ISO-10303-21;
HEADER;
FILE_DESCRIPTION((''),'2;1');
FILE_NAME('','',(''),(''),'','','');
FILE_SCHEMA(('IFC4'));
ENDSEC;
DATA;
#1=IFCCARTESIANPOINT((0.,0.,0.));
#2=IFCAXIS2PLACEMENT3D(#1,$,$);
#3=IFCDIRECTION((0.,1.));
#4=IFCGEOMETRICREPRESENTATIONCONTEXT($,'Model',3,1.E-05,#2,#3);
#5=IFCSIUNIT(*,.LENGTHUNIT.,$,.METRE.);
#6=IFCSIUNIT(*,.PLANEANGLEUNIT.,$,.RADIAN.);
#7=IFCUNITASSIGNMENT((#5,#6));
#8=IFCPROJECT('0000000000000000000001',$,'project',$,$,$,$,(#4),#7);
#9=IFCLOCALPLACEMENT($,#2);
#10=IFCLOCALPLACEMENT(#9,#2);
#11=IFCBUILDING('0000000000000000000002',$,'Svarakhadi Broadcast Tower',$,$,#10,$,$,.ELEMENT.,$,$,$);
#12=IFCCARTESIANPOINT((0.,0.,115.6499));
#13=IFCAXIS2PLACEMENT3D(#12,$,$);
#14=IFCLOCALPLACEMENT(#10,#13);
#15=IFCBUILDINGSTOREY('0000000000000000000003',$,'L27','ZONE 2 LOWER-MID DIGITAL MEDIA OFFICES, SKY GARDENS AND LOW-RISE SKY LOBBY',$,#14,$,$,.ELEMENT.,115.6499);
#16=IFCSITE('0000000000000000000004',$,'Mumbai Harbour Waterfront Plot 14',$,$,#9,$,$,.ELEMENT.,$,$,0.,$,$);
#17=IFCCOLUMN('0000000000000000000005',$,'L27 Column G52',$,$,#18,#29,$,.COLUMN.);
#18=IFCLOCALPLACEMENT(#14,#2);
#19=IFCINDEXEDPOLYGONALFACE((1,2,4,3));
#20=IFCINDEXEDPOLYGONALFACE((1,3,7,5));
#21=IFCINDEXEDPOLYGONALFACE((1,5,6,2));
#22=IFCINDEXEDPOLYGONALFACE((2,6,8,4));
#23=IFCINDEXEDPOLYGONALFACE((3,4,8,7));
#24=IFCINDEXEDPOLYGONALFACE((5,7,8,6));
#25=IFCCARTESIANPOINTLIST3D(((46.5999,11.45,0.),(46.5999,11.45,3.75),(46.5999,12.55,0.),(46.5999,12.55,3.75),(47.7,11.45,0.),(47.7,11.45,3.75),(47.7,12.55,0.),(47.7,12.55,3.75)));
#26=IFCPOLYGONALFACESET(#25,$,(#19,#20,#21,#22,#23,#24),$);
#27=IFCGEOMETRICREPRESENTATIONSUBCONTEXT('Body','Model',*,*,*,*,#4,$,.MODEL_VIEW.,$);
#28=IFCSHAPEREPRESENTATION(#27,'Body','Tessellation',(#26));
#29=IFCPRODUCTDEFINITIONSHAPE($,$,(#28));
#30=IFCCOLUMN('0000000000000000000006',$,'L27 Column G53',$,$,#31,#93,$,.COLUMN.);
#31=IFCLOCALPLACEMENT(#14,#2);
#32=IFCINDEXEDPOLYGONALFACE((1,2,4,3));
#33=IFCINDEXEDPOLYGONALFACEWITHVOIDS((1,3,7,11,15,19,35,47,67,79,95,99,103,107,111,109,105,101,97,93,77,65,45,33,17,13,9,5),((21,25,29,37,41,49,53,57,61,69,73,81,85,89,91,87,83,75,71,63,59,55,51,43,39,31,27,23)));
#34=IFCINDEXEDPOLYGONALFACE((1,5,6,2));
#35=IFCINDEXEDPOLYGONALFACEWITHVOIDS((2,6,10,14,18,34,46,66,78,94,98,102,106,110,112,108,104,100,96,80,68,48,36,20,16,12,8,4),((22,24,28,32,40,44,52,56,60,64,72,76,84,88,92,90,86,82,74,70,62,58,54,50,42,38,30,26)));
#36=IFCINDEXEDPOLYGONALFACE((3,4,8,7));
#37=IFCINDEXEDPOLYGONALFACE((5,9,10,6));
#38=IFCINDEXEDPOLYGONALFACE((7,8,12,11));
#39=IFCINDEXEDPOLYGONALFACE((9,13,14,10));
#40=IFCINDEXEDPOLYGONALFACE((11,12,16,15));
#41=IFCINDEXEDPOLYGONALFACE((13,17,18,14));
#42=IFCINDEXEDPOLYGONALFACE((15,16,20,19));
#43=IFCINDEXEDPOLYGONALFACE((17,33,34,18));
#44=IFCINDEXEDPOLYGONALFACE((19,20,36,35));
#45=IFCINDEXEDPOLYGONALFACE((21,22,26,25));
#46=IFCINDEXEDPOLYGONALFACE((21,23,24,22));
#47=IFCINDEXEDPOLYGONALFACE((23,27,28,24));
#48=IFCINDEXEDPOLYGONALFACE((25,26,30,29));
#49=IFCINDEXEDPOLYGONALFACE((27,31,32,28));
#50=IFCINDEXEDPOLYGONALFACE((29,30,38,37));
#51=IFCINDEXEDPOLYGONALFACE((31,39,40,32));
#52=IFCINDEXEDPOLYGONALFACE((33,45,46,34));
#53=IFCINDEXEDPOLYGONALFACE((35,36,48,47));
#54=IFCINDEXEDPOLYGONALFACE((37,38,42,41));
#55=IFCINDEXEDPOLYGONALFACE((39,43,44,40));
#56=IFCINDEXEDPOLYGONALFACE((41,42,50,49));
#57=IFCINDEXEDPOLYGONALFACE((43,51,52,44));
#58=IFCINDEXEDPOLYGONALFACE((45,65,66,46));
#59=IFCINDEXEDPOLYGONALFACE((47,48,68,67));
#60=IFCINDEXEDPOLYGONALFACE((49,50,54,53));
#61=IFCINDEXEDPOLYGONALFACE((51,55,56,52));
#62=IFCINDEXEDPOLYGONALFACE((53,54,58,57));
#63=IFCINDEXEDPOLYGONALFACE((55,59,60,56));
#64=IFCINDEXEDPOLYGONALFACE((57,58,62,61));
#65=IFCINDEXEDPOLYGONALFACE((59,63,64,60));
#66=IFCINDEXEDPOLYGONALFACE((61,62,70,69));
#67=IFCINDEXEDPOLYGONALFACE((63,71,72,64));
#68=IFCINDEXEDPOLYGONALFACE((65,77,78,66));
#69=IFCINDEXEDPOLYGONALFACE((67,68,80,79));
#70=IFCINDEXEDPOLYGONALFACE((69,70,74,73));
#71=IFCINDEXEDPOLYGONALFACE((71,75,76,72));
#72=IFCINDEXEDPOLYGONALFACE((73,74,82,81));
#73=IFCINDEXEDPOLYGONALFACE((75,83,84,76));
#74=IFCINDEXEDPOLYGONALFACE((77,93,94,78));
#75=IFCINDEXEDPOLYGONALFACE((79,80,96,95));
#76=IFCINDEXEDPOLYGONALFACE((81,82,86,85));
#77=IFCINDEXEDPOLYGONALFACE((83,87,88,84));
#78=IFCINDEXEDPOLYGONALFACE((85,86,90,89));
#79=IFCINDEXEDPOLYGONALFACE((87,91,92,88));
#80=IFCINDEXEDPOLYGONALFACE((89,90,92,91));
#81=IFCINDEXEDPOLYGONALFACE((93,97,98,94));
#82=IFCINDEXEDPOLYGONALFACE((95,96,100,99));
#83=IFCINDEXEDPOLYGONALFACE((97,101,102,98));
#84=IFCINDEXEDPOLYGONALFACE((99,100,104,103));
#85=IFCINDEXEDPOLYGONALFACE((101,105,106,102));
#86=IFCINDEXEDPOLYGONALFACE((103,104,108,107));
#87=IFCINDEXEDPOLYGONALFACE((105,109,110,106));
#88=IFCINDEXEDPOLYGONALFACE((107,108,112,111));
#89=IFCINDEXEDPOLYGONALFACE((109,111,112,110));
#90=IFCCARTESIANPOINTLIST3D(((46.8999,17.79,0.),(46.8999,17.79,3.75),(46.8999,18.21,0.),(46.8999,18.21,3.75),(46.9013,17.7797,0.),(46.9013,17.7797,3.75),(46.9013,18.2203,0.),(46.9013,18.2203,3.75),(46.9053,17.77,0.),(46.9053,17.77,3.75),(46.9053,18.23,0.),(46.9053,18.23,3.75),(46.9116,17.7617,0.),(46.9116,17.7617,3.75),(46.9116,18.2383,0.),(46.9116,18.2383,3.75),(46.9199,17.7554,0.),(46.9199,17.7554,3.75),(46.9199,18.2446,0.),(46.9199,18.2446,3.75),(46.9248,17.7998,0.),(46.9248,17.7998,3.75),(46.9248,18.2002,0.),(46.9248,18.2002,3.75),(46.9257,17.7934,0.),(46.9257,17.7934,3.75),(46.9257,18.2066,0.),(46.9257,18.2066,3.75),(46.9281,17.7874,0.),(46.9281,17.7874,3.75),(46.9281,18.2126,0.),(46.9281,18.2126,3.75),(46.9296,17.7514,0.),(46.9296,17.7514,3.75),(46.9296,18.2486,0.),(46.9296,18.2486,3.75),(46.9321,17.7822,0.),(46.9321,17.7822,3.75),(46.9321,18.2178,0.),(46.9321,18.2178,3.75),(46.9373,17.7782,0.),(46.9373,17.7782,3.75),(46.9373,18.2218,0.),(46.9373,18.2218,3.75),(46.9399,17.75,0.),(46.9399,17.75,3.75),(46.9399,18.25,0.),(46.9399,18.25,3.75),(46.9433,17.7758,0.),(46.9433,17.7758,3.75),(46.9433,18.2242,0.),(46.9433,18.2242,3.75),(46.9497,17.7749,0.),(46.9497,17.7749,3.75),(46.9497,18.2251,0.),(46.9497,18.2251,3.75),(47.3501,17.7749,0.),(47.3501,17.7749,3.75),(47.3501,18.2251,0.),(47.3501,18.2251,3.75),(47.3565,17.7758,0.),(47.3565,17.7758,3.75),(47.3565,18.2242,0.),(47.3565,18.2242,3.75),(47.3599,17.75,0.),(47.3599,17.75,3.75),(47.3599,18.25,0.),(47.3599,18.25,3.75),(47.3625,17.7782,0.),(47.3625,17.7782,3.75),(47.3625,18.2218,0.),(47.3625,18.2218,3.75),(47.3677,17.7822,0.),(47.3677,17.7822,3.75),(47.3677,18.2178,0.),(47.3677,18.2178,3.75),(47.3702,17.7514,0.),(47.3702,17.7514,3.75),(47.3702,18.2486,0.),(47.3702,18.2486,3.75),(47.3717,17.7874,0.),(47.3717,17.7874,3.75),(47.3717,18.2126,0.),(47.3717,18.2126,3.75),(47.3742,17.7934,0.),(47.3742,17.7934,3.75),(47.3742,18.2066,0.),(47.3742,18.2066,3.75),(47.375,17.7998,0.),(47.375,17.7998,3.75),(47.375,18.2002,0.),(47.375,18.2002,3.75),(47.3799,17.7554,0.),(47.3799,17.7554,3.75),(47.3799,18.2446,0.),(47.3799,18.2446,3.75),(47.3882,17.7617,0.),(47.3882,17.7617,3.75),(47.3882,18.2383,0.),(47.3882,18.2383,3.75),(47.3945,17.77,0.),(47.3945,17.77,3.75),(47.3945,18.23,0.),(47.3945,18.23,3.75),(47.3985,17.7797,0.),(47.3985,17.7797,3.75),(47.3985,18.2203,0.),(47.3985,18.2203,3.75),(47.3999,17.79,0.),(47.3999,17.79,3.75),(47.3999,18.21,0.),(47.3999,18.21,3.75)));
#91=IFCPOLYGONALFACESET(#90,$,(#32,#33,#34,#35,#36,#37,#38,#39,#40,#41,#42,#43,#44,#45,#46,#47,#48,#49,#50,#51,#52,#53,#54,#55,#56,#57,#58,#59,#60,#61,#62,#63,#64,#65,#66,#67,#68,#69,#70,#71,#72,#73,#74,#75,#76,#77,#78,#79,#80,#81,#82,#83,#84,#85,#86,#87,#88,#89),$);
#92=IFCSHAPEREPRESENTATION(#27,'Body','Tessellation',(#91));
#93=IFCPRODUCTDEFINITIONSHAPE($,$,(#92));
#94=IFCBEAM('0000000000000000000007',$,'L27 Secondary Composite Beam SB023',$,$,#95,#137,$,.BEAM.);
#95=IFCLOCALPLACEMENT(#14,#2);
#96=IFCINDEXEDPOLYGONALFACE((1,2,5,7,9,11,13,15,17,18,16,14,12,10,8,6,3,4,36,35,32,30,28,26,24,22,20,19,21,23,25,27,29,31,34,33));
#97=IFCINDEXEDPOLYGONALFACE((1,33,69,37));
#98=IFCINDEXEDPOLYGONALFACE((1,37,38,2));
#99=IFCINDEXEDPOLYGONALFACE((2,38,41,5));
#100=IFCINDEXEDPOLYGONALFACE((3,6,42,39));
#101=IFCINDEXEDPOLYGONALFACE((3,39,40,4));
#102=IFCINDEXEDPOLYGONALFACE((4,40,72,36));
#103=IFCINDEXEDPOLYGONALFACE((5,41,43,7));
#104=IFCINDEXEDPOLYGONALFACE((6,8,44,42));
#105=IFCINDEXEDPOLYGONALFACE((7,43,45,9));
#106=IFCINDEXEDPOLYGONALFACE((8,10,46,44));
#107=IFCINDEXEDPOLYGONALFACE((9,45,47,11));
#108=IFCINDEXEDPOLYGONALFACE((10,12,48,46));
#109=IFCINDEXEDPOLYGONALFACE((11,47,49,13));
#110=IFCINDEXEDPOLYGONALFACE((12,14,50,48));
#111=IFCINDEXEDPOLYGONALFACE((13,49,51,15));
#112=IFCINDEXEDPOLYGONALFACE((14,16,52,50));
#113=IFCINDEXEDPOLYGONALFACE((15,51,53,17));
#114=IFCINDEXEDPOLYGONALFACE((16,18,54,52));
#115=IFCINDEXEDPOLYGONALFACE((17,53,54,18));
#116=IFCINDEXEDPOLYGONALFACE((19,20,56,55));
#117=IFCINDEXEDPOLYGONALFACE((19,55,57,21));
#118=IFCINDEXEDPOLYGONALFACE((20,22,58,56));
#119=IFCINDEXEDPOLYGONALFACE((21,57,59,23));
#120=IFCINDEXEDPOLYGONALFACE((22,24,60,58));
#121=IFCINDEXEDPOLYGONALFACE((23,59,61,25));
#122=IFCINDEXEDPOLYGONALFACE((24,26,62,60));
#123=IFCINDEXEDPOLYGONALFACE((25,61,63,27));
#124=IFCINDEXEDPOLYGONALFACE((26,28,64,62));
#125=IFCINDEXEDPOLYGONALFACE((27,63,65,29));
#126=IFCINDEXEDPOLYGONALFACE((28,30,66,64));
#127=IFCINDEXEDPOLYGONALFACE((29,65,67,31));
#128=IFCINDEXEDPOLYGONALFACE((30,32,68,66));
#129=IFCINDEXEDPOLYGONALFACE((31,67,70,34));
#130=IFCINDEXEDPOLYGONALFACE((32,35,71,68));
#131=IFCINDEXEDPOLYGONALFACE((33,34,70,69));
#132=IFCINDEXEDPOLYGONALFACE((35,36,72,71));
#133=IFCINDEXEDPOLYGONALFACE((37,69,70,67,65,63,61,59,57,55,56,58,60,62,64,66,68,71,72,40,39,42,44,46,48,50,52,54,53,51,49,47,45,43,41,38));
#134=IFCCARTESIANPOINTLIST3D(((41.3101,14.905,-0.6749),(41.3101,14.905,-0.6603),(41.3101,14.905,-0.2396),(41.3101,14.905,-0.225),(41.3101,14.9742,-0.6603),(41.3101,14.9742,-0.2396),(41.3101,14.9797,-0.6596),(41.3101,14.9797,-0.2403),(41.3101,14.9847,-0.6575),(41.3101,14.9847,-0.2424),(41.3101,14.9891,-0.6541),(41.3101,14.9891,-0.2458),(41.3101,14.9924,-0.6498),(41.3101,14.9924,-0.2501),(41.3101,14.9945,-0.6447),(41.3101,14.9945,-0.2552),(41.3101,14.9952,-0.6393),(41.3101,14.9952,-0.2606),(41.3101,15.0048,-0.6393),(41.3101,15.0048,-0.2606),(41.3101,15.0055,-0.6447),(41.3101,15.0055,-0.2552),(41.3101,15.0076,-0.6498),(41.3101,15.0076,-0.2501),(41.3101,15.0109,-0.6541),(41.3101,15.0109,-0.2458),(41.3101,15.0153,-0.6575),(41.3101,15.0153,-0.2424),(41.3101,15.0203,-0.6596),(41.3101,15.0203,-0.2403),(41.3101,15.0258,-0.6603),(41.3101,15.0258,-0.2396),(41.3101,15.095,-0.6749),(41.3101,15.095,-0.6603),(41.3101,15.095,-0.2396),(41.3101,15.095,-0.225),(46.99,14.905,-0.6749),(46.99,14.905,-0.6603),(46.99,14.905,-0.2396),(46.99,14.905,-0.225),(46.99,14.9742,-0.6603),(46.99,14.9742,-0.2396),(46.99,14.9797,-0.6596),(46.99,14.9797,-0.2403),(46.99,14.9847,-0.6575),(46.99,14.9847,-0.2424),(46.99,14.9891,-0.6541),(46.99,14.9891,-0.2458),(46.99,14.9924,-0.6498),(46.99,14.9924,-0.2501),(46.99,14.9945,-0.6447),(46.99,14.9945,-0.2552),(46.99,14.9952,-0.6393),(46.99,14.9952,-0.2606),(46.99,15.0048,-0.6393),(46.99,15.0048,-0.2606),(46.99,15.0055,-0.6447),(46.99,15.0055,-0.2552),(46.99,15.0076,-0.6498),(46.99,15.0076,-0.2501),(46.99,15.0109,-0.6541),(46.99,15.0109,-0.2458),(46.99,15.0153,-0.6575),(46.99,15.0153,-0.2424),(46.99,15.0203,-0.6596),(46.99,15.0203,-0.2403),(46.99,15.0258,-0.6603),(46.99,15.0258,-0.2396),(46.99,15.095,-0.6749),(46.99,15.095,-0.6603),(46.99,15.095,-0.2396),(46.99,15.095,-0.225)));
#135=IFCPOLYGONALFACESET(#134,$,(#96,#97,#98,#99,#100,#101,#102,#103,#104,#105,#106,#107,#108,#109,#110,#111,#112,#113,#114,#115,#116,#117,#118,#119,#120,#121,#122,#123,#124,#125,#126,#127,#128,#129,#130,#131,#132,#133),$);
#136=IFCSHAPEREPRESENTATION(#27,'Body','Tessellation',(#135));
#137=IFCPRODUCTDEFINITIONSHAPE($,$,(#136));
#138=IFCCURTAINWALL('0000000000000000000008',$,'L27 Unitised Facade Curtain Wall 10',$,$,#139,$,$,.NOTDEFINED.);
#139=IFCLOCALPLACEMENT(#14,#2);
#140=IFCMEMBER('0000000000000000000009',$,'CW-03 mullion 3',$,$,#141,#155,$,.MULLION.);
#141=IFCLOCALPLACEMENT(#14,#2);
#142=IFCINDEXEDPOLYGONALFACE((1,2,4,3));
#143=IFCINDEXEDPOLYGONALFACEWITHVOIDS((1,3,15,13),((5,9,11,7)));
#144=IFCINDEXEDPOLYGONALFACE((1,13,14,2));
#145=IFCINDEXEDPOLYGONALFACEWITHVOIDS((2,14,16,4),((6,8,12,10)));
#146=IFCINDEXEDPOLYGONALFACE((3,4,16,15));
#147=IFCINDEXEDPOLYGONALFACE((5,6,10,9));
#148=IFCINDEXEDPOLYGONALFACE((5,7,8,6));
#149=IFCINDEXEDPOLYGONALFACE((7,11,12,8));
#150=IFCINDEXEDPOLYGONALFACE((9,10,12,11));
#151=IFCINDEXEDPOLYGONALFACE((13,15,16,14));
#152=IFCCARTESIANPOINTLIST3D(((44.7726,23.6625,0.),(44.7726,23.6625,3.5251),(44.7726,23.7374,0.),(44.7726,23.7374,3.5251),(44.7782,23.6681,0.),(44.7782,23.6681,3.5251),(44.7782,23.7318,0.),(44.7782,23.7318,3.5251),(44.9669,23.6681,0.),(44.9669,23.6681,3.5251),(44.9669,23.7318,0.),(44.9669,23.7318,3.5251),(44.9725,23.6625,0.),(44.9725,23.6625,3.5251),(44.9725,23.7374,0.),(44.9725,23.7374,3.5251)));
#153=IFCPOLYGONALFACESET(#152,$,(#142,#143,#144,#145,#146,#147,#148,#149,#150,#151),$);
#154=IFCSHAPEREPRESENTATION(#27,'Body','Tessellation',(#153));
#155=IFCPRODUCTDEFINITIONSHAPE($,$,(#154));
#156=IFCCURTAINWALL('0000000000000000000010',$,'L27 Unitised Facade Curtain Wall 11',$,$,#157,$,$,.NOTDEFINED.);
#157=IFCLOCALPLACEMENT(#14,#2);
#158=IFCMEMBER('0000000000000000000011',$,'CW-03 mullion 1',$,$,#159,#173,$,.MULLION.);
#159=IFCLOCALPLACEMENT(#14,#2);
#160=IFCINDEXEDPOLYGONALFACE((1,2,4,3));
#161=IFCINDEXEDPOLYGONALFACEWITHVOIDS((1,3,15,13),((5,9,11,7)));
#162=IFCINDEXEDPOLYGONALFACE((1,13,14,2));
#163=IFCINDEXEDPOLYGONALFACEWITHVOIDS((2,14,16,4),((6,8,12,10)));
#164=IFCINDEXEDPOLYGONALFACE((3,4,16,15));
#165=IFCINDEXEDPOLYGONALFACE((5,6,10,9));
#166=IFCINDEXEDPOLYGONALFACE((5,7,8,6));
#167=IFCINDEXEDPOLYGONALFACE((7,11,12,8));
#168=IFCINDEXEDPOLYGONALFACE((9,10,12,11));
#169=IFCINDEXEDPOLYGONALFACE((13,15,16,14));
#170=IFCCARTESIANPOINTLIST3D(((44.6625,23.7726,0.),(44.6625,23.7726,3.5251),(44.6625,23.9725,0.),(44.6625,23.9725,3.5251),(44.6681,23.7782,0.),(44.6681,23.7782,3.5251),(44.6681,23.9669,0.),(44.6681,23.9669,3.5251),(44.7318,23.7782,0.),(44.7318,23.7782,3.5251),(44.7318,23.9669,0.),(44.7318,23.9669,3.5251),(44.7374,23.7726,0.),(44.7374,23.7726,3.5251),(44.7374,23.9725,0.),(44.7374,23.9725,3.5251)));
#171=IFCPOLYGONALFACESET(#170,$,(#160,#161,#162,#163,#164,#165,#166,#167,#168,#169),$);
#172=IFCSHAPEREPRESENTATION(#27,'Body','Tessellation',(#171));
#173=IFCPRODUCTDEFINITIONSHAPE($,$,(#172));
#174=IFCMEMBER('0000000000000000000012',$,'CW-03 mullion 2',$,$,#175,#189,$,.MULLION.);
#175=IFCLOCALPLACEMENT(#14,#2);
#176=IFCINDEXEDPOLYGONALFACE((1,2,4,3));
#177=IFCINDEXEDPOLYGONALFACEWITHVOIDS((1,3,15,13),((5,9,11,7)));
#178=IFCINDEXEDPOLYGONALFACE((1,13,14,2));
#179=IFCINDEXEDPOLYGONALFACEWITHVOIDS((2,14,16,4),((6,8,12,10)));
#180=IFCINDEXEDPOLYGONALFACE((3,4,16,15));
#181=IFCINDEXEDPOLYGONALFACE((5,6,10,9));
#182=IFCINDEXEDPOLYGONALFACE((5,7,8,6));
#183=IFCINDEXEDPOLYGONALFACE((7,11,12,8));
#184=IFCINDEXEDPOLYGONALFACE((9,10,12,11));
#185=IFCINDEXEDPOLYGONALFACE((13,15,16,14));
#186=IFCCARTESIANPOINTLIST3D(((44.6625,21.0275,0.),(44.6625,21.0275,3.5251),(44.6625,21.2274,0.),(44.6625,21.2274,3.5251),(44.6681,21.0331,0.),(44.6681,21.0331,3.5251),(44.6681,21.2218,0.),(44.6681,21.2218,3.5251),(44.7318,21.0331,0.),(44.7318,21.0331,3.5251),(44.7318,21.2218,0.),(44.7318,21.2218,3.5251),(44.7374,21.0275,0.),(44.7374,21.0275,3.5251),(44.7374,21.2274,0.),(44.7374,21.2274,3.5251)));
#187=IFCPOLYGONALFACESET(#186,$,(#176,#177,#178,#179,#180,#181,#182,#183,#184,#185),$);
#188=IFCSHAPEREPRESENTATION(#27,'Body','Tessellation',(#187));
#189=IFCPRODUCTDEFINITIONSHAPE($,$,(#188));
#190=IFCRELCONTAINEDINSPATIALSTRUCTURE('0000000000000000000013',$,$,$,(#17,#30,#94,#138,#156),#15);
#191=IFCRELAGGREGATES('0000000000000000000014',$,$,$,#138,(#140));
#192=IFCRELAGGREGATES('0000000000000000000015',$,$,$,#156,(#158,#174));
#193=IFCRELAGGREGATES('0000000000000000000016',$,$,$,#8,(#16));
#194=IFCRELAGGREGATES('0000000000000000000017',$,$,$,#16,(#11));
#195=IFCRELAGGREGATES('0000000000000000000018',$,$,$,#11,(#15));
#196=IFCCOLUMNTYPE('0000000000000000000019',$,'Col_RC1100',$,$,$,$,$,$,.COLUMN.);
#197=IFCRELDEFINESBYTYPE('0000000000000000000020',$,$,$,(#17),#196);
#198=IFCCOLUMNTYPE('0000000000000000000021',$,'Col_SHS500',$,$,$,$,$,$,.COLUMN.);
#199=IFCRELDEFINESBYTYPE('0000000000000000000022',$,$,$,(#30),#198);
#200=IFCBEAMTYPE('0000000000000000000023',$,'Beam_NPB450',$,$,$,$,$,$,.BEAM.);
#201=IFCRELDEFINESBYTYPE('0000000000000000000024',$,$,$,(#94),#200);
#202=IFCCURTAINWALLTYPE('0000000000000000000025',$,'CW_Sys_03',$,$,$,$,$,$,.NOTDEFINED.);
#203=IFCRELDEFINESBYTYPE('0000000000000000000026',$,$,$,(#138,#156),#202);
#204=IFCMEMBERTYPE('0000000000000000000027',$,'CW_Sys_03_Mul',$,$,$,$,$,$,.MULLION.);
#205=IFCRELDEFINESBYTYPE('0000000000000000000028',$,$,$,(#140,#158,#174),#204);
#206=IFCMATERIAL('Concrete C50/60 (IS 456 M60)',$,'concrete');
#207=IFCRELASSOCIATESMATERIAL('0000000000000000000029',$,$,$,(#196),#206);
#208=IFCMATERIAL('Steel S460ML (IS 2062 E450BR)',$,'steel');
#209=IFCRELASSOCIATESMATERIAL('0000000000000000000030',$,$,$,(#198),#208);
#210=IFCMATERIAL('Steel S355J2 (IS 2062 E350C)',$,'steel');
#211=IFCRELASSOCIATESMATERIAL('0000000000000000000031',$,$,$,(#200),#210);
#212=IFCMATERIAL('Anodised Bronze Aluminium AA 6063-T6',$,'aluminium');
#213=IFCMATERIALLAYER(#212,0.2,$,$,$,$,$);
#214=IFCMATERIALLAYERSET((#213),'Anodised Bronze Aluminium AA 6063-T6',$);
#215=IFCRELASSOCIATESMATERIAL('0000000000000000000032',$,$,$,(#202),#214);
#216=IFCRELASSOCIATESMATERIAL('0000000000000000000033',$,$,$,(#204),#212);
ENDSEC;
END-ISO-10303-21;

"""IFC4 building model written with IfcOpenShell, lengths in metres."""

from ifc_helpers import new_model, si_unit, direction, frame, origin, origin_2d, place, context, subcontext, project, spatial, rectangle, hollow_rectangle, i_section, extrude, material, layer, layer_set, material_profile, profile_set, type_object, element, aggregate, save


model = new_model("IFC4")

# Units and contexts
model_context = context("Model", 3, precision=1e-05, world=origin(), true_north=direction((0.0, 1.0)))
body_context = subcontext(model_context, "Body", "Model", "MODEL_VIEW")
ifc_project = project(units=[si_unit("LENGTHUNIT", "METRE"), si_unit("PLANEANGLEUNIT", "RADIAN")], contexts=[model_context])

# Site, building, storey
site_placement = place(None, origin())
site = spatial("IfcSite", under=ifc_project, at=site_placement, Name="Mumbai Harbour Waterfront Plot 14", CompositionType="ELEMENT", RefElevation=0.0)
building_placement = place(site_placement, origin())
building = spatial("IfcBuilding", under=site, at=building_placement, Name="Svarakhadi Broadcast Tower", CompositionType="ELEMENT")
storey_placement = place(building_placement, frame((0.0, 0.0, 115.6499)))
storey = spatial("IfcBuildingStorey", under=building, at=storey_placement, Name="L27", Description="ZONE 2 LOWER-MID DIGITAL MEDIA OFFICES, SKY GARDENS AND LOW-RISE SKY LOBBY", CompositionType="ELEMENT", Elevation=115.6499)

# Columns
ifc_material_1 = material(Name="Concrete C50/60 (IS 456 M60)", Category="concrete")
ifc_material_profile_1 = material_profile(ifc_material_1, rectangle(XDim=1.1001, YDim=1.1001, at=origin_2d()), Name="RC 1100x1100")
ifc_profile_set_1 = profile_set([ifc_material_profile_1], Name="Concrete C50/60 (IS 456 M60)")
column_type_1 = type_object("IfcColumnType", Name="Col_RC1100", PredefinedType="COLUMN", material=ifc_profile_set_1)
column_1_placement = place(storey_placement, frame((47.1499, 12.0, 0.0), z_axis=(0.0, 0.0, 1.0), x_axis=(1.0, 0.0, 0.0)))
element("IfcColumn", 1, at=column_1_placement, inside=storey, type_object=column_type_1, Name="L27 Column G52", PredefinedType="COLUMN", context=body_context, shape_type="SweptSolid", body=[
    extrude(rectangle(XDim=1.1001, YDim=1.1001, at=origin_2d()), origin(), (0.0, 0.0, 1.0), 3.75),
])
ifc_material_2 = material(Name="Steel S460ML (IS 2062 E450BR)", Category="steel")
ifc_material_profile_2 = material_profile(ifc_material_2, hollow_rectangle(XDim=0.5, YDim=0.5, WallThickness=0.0249, InnerFilletRadius=0.0249, OuterFilletRadius=0.04, at=origin_2d()), Name="SHS 500x500x25")
ifc_profile_set_2 = profile_set([ifc_material_profile_2], Name="Steel S460ML (IS 2062 E450BR)")
column_type_2 = type_object("IfcColumnType", Name="Col_SHS500", PredefinedType="COLUMN", material=ifc_profile_set_2)
column_2_placement = place(storey_placement, frame((47.1499, 18.0, 0.0), z_axis=(0.0, 0.0, 1.0), x_axis=(1.0, 0.0, 0.0)))
element("IfcColumn", 2, at=column_2_placement, inside=storey, type_object=column_type_2, Name="L27 Column G53", PredefinedType="COLUMN", context=body_context, shape_type="SweptSolid", body=[
    extrude(hollow_rectangle(XDim=0.5, YDim=0.5, WallThickness=0.0249, InnerFilletRadius=0.0249, OuterFilletRadius=0.04, at=origin_2d()), origin(), (0.0, 0.0, 1.0), 3.75),
])

# Beam
ifc_material_3 = material(Name="Steel S355J2 (IS 2062 E350C)", Category="steel")
ifc_material_profile_3 = material_profile(ifc_material_3, i_section(OverallWidth=0.1899, OverallDepth=0.45, WebThickness=0.0095, FlangeThickness=0.0146, FilletRadius=0.021, at=origin_2d()), Name="NPB 450x190x78")
ifc_profile_set_3 = profile_set([ifc_material_profile_3], Name="Steel S355J2 (IS 2062 E350C)")
beam_type_1 = type_object("IfcBeamType", Name="Beam_NPB450", PredefinedType="BEAM", material=ifc_profile_set_3)
beam_1_placement = place(storey_placement, frame((41.3101, 15.0, -0.45), z_axis=(1.0, 0.0, 0.0), x_axis=(0.0, 1.0, 0.0)))
element("IfcBeam", 3, at=beam_1_placement, inside=storey, type_object=beam_type_1, Name="L27 Secondary Composite Beam SB023", PredefinedType="BEAM", context=body_context, shape_type="SweptSolid", body=[
    extrude(i_section(OverallWidth=0.1899, OverallDepth=0.45, WebThickness=0.0095, FlangeThickness=0.0146, FilletRadius=0.021, at=origin_2d()), origin(), (0.0, 0.0, 1.0), 5.6799),
])

# Curtain wall, member
ifc_material_4 = material(Name="Anodised Bronze Aluminium AA 6063-T6", Category="aluminium")
ifc_layer_1 = layer(ifc_material_4, 0.2)
ifc_layer_set_1 = layer_set([ifc_layer_1], Name="Anodised Bronze Aluminium AA 6063-T6")
curtain_wall_type = type_object("IfcCurtainWallType", Name="CW_Sys_03", PredefinedType="NOTDEFINED", material=ifc_layer_set_1)
curtain_wall_1_placement = place(storey_placement, origin())
curtain_wall_1 = element("IfcCurtainWall", 4, at=curtain_wall_1_placement, inside=storey, type_object=curtain_wall_type, Name="L27 Unitised Facade Curtain Wall 10", PredefinedType="NOTDEFINED")
ifc_material_profile_4 = material_profile(ifc_material_4, hollow_rectangle(XDim=0.075, YDim=0.2, WallThickness=0.0056, at=origin_2d()), Name="ALU MULLION 200x75x6")
ifc_profile_set_4 = profile_set([ifc_material_profile_4], Name="Anodised Bronze Aluminium AA 6063-T6")
member_type_1 = type_object("IfcMemberType", Name="CW_Sys_03_Mul", PredefinedType="MULLION", material=ifc_profile_set_4)
member_1_placement = place(storey_placement, frame((44.8726, 23.7, 0.0), z_axis=(0.0, 0.0, 1.0), x_axis=(0.0, 1.0, 0.0)))
member_1 = element("IfcMember", 5, at=member_1_placement, type_object=member_type_1, Name="CW-03 mullion 3", PredefinedType="MULLION", context=body_context, shape_type="SweptSolid", body=[
    extrude(hollow_rectangle(XDim=0.075, YDim=0.2, WallThickness=0.0056, at=origin_2d()), origin(), (0.0, 0.0, 1.0), 3.5251),
])
aggregate(curtain_wall_1, [member_1])

# Curtain wall, members
curtain_wall_2_placement = place(storey_placement, origin())
curtain_wall_2 = element("IfcCurtainWall", 6, at=curtain_wall_2_placement, inside=storey, type_object=curtain_wall_type, Name="L27 Unitised Facade Curtain Wall 11", PredefinedType="NOTDEFINED")
member_2_placement = place(storey_placement, frame((44.7, 23.8726, 0.0), z_axis=(0.0, 0.0, 1.0), x_axis=(1.0, 0.0, 0.0)))
member_2 = element("IfcMember", 7, at=member_2_placement, type_object=member_type_1, Name="CW-03 mullion 1", PredefinedType="MULLION", context=body_context, shape_type="SweptSolid", body=[
    extrude(hollow_rectangle(XDim=0.075, YDim=0.2, WallThickness=0.0056, at=origin_2d()), origin(), (0.0, 0.0, 1.0), 3.5251),
])
member_3_placement = place(storey_placement, frame((44.7, 21.1274, 0.0), z_axis=(0.0, 0.0, 1.0), x_axis=(1.0, 0.0, 0.0)))
member_3 = element("IfcMember", 8, at=member_3_placement, type_object=member_type_1, Name="CW-03 mullion 2", PredefinedType="MULLION", context=body_context, shape_type="SweptSolid", body=[
    extrude(hollow_rectangle(XDim=0.075, YDim=0.2, WallThickness=0.0056, at=origin_2d()), origin(), (0.0, 0.0, 1.0), 3.5251),
])

aggregate(curtain_wall_2, [member_2, member_3])

save(model, "model.ifc")
